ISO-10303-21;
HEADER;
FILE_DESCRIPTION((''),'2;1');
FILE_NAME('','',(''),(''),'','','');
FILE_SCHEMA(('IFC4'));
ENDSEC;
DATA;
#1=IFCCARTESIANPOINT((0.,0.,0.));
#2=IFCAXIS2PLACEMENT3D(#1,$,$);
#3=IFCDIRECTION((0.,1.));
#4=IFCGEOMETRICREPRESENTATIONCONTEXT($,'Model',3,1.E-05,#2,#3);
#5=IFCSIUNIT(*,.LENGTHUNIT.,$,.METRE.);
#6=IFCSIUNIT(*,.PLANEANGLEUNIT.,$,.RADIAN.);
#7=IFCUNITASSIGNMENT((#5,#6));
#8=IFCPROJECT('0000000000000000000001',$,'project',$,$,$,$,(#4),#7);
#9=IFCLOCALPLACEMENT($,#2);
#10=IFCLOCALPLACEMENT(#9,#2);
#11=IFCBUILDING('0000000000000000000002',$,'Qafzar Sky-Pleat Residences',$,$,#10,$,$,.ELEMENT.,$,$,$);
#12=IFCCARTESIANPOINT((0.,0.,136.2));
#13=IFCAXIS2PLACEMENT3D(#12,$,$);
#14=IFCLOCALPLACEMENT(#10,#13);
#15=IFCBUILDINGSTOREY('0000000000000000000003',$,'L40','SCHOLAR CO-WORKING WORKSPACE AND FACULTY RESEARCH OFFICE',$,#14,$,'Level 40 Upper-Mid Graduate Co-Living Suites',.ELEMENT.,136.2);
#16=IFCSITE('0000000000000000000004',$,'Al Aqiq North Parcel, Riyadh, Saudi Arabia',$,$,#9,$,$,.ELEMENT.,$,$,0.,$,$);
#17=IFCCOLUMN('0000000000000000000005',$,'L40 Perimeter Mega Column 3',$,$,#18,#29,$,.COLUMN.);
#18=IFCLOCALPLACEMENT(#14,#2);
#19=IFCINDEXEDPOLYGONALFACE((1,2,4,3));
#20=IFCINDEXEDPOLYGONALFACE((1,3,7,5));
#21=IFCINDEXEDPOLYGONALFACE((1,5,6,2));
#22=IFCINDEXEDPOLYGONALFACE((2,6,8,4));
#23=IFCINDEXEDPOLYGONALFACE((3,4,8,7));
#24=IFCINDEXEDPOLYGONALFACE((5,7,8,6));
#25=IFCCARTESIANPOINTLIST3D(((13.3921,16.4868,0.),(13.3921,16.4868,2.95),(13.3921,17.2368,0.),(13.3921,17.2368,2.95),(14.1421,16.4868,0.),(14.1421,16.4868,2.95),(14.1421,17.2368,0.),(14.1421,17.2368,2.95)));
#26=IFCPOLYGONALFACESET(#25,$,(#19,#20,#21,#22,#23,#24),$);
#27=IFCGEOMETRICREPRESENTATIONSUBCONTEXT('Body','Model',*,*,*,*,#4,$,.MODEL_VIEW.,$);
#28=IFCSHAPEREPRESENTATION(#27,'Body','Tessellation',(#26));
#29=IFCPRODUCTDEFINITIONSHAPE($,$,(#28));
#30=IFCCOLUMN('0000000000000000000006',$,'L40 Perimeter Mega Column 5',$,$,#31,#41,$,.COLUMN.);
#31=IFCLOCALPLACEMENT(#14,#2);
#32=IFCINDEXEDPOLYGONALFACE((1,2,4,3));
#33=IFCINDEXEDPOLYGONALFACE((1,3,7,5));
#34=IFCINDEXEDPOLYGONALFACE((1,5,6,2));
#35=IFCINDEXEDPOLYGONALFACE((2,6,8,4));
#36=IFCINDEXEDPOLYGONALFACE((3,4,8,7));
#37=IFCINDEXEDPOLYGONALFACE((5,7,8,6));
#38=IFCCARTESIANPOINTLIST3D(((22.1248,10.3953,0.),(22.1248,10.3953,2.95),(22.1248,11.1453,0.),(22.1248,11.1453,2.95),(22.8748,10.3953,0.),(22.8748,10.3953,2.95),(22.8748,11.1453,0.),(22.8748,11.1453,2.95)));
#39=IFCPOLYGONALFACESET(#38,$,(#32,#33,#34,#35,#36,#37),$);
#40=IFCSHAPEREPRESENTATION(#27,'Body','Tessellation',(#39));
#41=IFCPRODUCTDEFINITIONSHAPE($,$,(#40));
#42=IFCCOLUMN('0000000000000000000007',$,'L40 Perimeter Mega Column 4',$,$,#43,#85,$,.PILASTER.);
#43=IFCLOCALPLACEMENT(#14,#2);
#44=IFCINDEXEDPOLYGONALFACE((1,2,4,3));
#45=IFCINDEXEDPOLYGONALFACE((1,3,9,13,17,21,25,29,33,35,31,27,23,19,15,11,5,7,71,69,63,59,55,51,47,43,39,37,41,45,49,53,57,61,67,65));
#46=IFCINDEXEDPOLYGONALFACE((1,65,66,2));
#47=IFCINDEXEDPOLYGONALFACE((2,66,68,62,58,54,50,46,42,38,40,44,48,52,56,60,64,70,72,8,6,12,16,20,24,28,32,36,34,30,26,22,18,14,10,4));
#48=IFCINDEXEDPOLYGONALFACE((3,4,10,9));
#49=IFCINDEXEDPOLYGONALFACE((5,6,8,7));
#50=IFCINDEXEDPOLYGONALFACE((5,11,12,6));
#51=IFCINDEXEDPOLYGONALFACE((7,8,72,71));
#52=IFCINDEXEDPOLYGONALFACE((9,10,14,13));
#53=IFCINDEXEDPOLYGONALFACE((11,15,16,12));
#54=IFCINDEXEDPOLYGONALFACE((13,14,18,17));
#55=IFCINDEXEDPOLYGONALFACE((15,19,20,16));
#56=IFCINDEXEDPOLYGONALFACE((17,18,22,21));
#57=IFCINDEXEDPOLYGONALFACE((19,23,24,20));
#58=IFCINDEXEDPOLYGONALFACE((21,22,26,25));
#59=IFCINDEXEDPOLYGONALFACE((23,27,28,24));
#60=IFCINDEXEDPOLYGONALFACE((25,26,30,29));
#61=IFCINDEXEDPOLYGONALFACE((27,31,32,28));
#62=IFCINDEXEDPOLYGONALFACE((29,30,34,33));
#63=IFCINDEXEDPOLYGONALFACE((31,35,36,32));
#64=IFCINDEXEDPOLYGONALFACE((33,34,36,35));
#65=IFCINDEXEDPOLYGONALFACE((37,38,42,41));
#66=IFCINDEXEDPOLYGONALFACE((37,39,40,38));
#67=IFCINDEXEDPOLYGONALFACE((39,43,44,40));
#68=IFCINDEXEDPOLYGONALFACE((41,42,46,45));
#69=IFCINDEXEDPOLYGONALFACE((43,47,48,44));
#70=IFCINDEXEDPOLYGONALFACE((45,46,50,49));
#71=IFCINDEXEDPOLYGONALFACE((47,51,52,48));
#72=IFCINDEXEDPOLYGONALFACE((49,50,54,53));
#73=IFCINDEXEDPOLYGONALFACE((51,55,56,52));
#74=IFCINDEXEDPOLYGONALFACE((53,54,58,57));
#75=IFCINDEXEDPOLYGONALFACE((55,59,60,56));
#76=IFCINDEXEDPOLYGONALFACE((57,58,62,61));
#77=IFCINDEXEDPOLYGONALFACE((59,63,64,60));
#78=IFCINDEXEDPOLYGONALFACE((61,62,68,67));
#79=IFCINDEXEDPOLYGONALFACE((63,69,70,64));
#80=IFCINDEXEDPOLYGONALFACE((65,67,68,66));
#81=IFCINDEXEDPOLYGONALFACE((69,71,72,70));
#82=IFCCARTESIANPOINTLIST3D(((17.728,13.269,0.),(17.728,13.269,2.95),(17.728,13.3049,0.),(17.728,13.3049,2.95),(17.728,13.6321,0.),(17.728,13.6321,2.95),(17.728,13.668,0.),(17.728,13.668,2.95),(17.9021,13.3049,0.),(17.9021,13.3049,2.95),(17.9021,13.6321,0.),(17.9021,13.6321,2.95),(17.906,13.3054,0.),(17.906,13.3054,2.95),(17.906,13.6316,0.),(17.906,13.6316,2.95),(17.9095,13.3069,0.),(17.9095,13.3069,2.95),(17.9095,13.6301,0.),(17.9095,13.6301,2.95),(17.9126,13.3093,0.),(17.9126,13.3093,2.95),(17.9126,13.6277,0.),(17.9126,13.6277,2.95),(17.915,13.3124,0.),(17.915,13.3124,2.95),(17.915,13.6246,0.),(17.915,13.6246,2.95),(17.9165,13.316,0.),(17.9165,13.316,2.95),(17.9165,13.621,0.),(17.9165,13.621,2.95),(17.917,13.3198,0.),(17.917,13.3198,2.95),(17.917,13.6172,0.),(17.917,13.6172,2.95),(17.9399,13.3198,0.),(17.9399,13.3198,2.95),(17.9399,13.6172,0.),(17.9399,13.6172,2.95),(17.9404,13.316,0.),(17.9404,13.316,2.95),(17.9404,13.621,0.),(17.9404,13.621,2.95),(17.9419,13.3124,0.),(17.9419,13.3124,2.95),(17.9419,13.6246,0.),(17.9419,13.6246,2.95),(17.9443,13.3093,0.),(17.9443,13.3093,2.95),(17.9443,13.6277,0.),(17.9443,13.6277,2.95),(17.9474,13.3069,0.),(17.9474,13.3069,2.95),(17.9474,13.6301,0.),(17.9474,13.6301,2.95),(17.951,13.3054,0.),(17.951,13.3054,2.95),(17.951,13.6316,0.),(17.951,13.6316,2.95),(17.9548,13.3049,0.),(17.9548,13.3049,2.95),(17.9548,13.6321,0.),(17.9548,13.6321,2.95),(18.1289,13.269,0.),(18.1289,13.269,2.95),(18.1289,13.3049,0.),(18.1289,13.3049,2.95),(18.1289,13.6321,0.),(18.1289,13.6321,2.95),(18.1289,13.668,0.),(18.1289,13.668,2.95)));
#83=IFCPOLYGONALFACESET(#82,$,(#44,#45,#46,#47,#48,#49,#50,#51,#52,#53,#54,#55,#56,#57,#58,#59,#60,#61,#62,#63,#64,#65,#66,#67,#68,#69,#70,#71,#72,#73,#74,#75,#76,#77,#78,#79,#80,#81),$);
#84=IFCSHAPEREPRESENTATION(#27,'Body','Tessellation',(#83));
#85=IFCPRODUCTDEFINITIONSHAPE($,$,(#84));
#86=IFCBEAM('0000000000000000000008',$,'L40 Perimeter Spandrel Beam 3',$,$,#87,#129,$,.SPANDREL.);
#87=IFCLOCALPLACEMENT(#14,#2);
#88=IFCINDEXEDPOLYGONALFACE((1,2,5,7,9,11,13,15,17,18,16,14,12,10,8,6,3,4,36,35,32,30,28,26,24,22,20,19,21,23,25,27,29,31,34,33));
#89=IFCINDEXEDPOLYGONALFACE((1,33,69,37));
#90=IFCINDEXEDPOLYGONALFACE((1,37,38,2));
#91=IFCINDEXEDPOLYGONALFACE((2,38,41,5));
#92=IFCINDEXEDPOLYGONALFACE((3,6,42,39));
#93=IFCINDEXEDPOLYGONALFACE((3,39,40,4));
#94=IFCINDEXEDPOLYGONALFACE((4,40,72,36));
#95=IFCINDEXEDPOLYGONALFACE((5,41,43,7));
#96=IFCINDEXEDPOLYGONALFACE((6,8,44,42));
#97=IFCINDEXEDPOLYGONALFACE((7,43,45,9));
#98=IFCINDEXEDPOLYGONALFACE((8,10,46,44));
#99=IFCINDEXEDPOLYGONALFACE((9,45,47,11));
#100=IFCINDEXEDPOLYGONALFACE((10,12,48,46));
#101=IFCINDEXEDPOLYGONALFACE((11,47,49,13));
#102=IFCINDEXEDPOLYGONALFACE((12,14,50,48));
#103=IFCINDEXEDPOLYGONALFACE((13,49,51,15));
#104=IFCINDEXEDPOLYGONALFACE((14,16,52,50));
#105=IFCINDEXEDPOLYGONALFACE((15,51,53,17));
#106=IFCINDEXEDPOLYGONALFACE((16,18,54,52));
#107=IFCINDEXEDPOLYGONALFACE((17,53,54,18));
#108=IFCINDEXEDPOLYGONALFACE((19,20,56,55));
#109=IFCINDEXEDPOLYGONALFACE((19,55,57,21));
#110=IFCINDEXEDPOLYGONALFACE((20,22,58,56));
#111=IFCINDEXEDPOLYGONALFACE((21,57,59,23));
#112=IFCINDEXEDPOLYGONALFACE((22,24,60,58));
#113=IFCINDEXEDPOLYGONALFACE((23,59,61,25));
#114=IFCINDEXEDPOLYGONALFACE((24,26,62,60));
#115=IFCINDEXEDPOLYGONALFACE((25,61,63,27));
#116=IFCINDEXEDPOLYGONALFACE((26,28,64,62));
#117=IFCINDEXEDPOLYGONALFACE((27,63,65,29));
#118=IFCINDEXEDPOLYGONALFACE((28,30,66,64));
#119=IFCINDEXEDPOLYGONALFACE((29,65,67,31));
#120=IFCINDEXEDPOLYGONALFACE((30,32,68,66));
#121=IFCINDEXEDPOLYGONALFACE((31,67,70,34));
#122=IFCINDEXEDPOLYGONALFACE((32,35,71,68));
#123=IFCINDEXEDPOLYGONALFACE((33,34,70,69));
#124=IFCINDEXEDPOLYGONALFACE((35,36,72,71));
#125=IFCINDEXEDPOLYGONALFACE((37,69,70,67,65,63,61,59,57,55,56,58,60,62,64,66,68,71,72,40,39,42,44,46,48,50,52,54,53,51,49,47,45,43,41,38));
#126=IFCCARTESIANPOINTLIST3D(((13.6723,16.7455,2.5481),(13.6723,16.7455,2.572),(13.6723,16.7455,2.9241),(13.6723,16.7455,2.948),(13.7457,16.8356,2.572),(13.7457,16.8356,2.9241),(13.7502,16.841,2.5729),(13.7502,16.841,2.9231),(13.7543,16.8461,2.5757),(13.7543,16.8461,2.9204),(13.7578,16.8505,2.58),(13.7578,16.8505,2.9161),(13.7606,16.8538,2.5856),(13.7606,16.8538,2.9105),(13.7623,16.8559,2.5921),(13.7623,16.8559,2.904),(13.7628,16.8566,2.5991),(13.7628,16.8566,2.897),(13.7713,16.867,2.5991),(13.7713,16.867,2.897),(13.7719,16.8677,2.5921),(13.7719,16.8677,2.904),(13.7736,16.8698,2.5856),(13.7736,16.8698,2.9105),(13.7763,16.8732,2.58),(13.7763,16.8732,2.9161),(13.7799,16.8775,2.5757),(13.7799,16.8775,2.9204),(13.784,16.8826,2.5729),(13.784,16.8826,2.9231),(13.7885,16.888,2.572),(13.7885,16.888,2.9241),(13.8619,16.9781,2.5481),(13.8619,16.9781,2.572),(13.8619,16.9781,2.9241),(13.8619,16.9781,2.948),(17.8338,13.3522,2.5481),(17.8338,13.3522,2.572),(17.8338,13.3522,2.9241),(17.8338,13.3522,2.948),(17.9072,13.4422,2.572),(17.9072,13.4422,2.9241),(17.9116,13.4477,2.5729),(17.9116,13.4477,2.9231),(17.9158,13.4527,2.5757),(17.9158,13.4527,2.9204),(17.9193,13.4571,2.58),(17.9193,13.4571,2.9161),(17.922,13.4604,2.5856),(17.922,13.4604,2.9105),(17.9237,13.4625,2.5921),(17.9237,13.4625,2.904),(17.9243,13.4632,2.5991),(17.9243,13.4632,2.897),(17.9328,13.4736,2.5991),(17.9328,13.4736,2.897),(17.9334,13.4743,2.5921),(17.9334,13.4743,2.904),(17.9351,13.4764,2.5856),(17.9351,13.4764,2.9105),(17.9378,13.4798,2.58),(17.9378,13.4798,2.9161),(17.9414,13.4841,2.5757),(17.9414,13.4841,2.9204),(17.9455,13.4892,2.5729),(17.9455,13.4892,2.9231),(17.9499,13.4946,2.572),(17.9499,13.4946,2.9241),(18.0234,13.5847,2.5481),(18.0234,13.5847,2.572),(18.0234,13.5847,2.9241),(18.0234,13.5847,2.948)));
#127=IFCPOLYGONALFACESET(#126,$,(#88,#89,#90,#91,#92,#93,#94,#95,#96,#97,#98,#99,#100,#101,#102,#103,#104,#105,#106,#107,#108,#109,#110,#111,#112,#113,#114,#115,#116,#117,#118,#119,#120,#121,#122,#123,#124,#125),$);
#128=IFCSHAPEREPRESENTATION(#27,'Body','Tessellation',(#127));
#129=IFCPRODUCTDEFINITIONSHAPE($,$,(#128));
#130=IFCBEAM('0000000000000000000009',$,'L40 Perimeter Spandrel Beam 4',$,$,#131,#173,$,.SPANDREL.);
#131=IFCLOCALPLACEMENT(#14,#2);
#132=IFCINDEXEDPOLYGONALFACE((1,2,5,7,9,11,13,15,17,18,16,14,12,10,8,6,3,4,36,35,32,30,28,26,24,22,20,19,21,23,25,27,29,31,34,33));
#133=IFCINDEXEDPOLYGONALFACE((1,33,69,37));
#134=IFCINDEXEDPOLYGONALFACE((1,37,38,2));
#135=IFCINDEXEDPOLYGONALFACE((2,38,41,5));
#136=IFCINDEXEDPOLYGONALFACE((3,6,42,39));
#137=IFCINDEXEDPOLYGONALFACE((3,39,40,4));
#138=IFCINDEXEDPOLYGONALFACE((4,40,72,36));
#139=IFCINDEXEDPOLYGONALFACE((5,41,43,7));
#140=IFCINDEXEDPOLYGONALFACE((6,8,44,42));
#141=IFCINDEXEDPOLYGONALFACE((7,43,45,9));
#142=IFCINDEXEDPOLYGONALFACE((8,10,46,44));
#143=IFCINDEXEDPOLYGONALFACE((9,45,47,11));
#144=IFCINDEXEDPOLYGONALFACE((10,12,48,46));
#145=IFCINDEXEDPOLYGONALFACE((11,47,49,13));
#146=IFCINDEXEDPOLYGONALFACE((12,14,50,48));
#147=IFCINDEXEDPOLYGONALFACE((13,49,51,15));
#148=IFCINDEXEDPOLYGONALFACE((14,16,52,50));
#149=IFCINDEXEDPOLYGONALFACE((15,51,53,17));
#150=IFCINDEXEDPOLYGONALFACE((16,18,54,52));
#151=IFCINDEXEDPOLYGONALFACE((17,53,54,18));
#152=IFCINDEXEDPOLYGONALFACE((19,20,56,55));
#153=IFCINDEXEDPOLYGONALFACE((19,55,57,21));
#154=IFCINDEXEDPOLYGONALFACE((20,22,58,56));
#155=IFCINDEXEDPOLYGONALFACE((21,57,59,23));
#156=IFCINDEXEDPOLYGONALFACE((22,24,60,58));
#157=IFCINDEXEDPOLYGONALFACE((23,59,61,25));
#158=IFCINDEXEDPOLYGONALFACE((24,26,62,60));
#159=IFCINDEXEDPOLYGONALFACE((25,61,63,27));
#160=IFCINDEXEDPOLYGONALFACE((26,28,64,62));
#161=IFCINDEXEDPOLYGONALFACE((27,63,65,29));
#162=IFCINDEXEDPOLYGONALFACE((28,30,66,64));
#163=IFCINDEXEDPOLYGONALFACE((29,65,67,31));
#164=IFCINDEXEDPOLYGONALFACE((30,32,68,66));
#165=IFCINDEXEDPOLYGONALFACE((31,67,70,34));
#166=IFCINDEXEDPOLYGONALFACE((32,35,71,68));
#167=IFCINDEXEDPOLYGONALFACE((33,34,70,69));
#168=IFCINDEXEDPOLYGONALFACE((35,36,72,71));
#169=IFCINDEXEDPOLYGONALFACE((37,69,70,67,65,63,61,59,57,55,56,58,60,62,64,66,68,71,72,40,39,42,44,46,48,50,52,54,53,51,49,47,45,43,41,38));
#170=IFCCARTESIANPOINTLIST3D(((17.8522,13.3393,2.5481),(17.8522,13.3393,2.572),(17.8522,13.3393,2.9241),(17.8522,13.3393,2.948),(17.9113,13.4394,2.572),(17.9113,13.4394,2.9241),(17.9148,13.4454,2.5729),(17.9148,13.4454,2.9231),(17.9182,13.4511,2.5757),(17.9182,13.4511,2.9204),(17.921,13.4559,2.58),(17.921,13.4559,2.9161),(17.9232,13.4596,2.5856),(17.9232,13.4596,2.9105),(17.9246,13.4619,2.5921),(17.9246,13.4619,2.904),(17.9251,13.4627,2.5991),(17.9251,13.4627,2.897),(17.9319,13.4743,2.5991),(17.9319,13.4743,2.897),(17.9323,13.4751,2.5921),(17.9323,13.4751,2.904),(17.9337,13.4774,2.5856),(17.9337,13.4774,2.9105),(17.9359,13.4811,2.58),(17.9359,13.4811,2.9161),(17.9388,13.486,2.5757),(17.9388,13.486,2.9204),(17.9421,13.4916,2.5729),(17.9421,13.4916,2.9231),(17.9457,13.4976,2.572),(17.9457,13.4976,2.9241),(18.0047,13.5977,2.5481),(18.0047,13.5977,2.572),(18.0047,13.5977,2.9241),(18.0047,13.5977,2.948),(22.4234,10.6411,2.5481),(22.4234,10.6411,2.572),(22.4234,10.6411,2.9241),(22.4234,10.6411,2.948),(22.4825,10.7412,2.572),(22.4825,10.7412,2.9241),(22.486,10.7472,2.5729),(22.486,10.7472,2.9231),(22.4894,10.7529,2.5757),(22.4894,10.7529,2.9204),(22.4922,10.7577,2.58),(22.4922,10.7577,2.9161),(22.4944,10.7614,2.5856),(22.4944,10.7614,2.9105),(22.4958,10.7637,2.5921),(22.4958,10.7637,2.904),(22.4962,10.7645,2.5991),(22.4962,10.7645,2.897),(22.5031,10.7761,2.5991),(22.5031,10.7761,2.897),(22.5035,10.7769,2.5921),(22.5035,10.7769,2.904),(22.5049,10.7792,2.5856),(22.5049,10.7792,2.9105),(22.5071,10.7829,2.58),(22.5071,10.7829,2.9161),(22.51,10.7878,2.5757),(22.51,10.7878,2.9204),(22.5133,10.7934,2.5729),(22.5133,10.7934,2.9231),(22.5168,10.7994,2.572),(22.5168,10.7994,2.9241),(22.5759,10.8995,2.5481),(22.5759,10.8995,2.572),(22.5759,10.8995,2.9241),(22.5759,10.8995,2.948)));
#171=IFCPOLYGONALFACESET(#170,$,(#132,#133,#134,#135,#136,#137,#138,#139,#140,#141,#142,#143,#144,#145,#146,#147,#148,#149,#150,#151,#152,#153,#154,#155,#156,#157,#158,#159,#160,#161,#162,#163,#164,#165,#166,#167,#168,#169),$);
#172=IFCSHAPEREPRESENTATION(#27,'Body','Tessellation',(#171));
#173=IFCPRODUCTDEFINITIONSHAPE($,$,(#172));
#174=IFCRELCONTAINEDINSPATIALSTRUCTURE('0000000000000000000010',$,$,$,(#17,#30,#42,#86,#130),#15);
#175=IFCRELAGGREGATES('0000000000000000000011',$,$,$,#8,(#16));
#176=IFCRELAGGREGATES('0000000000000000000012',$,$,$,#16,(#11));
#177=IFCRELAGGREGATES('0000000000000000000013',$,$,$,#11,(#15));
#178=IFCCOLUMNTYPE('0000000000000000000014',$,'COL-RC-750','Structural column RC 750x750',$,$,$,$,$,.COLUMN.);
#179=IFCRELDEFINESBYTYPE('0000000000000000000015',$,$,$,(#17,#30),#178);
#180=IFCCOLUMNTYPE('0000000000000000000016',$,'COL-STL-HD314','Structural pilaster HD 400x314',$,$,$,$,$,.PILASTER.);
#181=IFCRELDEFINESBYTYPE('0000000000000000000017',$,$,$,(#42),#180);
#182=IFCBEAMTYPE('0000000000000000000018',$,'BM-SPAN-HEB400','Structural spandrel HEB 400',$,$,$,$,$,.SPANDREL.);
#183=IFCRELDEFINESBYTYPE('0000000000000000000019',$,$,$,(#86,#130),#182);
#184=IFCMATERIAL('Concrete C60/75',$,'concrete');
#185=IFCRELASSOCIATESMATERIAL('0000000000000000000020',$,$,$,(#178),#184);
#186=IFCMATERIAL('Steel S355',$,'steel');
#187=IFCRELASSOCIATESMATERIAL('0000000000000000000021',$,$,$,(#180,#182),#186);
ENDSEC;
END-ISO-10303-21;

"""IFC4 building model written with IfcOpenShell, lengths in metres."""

from ifc_helpers import new_model, si_unit, direction, frame, origin, origin_2d, place, context, subcontext, project, spatial, rectangle, i_section, extrude, source, transform, mapped, material, material_profile, profile_set, type_object, element, save


model = new_model("IFC4")

# Units and contexts
model_context = context("Model", 3, precision=1e-05, world=origin(), true_north=direction((0.0, 1.0)))
body_context = subcontext(model_context, "Body", "Model", "MODEL_VIEW")
ifc_project = project(units=[si_unit("LENGTHUNIT", "METRE"), si_unit("PLANEANGLEUNIT", "RADIAN")], contexts=[model_context])

# Site, building, storey
site_placement = place(None, origin())
site = spatial("IfcSite", under=ifc_project, at=site_placement, Name="Al Aqiq North Parcel, Riyadh, Saudi Arabia", CompositionType="ELEMENT", RefElevation=0.0)
building_placement = place(site_placement, origin())
building = spatial("IfcBuilding", under=site, at=building_placement, Name="Qafzar Sky-Pleat Residences", CompositionType="ELEMENT")
storey_placement = place(building_placement, frame((0.0, 0.0, 136.2)))
storey = spatial("IfcBuildingStorey", under=building, at=storey_placement, Name="L40", Description="SCHOLAR CO-WORKING WORKSPACE AND FACULTY RESEARCH OFFICE", LongName="Level 40 Upper-Mid Graduate Co-Living Suites", CompositionType="ELEMENT", Elevation=136.2)

# Columns
ifc_material_1 = material(Name="Concrete C60/75", Category="concrete")
ifc_material_profile_1 = material_profile(ifc_material_1, rectangle(XDim=0.75, YDim=0.75, at=origin_2d()), Name="RC 750x750")
ifc_profile_set_1 = profile_set([ifc_material_profile_1], Name="Concrete C60/75")
column_type_1 = type_object("IfcColumnType", Name="COL-RC-750", Description="Structural column RC 750x750", PredefinedType="COLUMN", material=ifc_profile_set_1)
shared_shape_1 = source(origin(), body_context, "Body", "SweptSolid", [
    extrude(rectangle(XDim=0.75, YDim=0.75, at=origin_2d()), origin(), (0.0, 0.0, 1.0), 2.95),
])
for number, where, z_axis, x_axis, name in (
    (1, (13.7671, 16.8618, 0.0), (0.0, 0.0, 1.0), (1.0, 0.0, 0.0), "L40 Perimeter Mega Column 3"),
    (2, (22.4998, 10.7703, 0.0), (0.0, 0.0, 1.0), (1.0, 0.0, 0.0), "L40 Perimeter Mega Column 5"),
):
    element("IfcColumn", number, at=place(storey_placement, frame(where, z_axis=z_axis, x_axis=x_axis)), inside=storey, type_object=column_type_1, Name=name, PredefinedType="COLUMN", context=body_context, shape_type="MappedRepresentation", body=[
        mapped(shared_shape_1, transform((0.0, 0.0, 0.0), x_axis=(1.0, 0.0, 0.0), y_axis=(0.0, 1.0, 0.0), z_axis=(0.0, 0.0, 1.0), scale=1.0)),
    ])
ifc_material_2 = material(Name="Steel S355", Category="steel")
ifc_material_profile_2 = material_profile(ifc_material_2, i_section(OverallWidth=0.4009, OverallDepth=0.3989, WebThickness=0.0229, FlangeThickness=0.0359, FilletRadius=0.0149, at=origin_2d()), Name="HD 400x314")
ifc_profile_set_2 = profile_set([ifc_material_profile_2], Name="Steel S355")
column_type_2 = type_object("IfcColumnType", Name="COL-STL-HD314", Description="Structural pilaster HD 400x314", PredefinedType="PILASTER", material=ifc_profile_set_2)
shared_shape_2 = source(origin(), body_context, "Body", "SweptSolid", [
    extrude(i_section(OverallWidth=0.4009, OverallDepth=0.3989, WebThickness=0.0229, FlangeThickness=0.0359, FilletRadius=0.0149, at=origin_2d()), origin(), (0.0, 0.0, 1.0), 2.95),
])
column_placement = place(storey_placement, frame((17.9285, 13.4685, 0.0), z_axis=(0.0, 0.0, 1.0), x_axis=(1.0, 0.0, 0.0)))
element("IfcColumn", 3, at=column_placement, inside=storey, type_object=column_type_2, Name="L40 Perimeter Mega Column 4", PredefinedType="PILASTER", context=body_context, shape_type="MappedRepresentation", body=[
    mapped(shared_shape_2, transform((0.0, 0.0, 0.0), x_axis=(1.0, 0.0, 0.0), y_axis=(0.0, 1.0, 0.0), z_axis=(0.0, 0.0, 1.0), scale=1.0)),
])

# Beams
ifc_material_profile_3 = material_profile(ifc_material_2, i_section(OverallWidth=0.3, OverallDepth=0.3999, WebThickness=0.0134, FlangeThickness=0.0239, FilletRadius=0.0271, at=origin_2d()), Name="HEB 400")
ifc_profile_set_3 = profile_set([ifc_material_profile_3], Name="Steel S355")
beam_type_1 = type_object("IfcBeamType", Name="BM-SPAN-HEB400", Description="Structural spandrel HEB 400", PredefinedType="SPANDREL", material=ifc_profile_set_3)
shared_shape_3 = source(origin(), body_context, "Body", "SweptSolid", [
    extrude(i_section(OverallWidth=0.3, OverallDepth=0.3999, WebThickness=0.0134, FlangeThickness=0.0239, FilletRadius=0.0271, at=origin_2d()), origin(), (0.0, 0.0, 1.0), 5.3696),
])
beam_1_placement = place(storey_placement, frame((13.7671, 16.8618, 2.748), z_axis=(0.775002, -0.631959, 0.0), x_axis=(0.631959, 0.775002, 0.0)))
element("IfcBeam", 4, at=beam_1_placement, inside=storey, type_object=beam_type_1, Name="L40 Perimeter Spandrel Beam 3", PredefinedType="SPANDREL", context=body_context, shape_type="MappedRepresentation", body=[
    mapped(shared_shape_3, transform((0.0, 0.0, 0.0), x_axis=(1.0, 0.0, 0.0), y_axis=(0.0, 1.0, 0.0), z_axis=(0.0, 0.0, 1.0), scale=1.0)),
])
shared_shape_4 = source(origin(), body_context, "Body", "SweptSolid", [
    extrude(i_section(OverallWidth=0.3, OverallDepth=0.3999, WebThickness=0.0134, FlangeThickness=0.0239, FilletRadius=0.0271, at=origin_2d()), origin(), (0.0, 0.0, 1.0), 5.3081),
])
beam_2_placement = place(storey_placement, frame((17.9285, 13.4685, 2.748), z_axis=(0.861172, -0.508314, 0.0), x_axis=(0.508314, 0.861172, 0.0)))
element("IfcBeam", 5, at=beam_2_placement, inside=storey, type_object=beam_type_1, Name="L40 Perimeter Spandrel Beam 4", PredefinedType="SPANDREL", context=body_context, shape_type="MappedRepresentation", body=[
    mapped(shared_shape_4, transform((0.0, 0.0, 0.0), x_axis=(1.0, 0.0, 0.0), y_axis=(0.0, 1.0, 0.0), z_axis=(0.0, 0.0, 1.0), scale=1.0)),
])

save(model, "model.ifc")
